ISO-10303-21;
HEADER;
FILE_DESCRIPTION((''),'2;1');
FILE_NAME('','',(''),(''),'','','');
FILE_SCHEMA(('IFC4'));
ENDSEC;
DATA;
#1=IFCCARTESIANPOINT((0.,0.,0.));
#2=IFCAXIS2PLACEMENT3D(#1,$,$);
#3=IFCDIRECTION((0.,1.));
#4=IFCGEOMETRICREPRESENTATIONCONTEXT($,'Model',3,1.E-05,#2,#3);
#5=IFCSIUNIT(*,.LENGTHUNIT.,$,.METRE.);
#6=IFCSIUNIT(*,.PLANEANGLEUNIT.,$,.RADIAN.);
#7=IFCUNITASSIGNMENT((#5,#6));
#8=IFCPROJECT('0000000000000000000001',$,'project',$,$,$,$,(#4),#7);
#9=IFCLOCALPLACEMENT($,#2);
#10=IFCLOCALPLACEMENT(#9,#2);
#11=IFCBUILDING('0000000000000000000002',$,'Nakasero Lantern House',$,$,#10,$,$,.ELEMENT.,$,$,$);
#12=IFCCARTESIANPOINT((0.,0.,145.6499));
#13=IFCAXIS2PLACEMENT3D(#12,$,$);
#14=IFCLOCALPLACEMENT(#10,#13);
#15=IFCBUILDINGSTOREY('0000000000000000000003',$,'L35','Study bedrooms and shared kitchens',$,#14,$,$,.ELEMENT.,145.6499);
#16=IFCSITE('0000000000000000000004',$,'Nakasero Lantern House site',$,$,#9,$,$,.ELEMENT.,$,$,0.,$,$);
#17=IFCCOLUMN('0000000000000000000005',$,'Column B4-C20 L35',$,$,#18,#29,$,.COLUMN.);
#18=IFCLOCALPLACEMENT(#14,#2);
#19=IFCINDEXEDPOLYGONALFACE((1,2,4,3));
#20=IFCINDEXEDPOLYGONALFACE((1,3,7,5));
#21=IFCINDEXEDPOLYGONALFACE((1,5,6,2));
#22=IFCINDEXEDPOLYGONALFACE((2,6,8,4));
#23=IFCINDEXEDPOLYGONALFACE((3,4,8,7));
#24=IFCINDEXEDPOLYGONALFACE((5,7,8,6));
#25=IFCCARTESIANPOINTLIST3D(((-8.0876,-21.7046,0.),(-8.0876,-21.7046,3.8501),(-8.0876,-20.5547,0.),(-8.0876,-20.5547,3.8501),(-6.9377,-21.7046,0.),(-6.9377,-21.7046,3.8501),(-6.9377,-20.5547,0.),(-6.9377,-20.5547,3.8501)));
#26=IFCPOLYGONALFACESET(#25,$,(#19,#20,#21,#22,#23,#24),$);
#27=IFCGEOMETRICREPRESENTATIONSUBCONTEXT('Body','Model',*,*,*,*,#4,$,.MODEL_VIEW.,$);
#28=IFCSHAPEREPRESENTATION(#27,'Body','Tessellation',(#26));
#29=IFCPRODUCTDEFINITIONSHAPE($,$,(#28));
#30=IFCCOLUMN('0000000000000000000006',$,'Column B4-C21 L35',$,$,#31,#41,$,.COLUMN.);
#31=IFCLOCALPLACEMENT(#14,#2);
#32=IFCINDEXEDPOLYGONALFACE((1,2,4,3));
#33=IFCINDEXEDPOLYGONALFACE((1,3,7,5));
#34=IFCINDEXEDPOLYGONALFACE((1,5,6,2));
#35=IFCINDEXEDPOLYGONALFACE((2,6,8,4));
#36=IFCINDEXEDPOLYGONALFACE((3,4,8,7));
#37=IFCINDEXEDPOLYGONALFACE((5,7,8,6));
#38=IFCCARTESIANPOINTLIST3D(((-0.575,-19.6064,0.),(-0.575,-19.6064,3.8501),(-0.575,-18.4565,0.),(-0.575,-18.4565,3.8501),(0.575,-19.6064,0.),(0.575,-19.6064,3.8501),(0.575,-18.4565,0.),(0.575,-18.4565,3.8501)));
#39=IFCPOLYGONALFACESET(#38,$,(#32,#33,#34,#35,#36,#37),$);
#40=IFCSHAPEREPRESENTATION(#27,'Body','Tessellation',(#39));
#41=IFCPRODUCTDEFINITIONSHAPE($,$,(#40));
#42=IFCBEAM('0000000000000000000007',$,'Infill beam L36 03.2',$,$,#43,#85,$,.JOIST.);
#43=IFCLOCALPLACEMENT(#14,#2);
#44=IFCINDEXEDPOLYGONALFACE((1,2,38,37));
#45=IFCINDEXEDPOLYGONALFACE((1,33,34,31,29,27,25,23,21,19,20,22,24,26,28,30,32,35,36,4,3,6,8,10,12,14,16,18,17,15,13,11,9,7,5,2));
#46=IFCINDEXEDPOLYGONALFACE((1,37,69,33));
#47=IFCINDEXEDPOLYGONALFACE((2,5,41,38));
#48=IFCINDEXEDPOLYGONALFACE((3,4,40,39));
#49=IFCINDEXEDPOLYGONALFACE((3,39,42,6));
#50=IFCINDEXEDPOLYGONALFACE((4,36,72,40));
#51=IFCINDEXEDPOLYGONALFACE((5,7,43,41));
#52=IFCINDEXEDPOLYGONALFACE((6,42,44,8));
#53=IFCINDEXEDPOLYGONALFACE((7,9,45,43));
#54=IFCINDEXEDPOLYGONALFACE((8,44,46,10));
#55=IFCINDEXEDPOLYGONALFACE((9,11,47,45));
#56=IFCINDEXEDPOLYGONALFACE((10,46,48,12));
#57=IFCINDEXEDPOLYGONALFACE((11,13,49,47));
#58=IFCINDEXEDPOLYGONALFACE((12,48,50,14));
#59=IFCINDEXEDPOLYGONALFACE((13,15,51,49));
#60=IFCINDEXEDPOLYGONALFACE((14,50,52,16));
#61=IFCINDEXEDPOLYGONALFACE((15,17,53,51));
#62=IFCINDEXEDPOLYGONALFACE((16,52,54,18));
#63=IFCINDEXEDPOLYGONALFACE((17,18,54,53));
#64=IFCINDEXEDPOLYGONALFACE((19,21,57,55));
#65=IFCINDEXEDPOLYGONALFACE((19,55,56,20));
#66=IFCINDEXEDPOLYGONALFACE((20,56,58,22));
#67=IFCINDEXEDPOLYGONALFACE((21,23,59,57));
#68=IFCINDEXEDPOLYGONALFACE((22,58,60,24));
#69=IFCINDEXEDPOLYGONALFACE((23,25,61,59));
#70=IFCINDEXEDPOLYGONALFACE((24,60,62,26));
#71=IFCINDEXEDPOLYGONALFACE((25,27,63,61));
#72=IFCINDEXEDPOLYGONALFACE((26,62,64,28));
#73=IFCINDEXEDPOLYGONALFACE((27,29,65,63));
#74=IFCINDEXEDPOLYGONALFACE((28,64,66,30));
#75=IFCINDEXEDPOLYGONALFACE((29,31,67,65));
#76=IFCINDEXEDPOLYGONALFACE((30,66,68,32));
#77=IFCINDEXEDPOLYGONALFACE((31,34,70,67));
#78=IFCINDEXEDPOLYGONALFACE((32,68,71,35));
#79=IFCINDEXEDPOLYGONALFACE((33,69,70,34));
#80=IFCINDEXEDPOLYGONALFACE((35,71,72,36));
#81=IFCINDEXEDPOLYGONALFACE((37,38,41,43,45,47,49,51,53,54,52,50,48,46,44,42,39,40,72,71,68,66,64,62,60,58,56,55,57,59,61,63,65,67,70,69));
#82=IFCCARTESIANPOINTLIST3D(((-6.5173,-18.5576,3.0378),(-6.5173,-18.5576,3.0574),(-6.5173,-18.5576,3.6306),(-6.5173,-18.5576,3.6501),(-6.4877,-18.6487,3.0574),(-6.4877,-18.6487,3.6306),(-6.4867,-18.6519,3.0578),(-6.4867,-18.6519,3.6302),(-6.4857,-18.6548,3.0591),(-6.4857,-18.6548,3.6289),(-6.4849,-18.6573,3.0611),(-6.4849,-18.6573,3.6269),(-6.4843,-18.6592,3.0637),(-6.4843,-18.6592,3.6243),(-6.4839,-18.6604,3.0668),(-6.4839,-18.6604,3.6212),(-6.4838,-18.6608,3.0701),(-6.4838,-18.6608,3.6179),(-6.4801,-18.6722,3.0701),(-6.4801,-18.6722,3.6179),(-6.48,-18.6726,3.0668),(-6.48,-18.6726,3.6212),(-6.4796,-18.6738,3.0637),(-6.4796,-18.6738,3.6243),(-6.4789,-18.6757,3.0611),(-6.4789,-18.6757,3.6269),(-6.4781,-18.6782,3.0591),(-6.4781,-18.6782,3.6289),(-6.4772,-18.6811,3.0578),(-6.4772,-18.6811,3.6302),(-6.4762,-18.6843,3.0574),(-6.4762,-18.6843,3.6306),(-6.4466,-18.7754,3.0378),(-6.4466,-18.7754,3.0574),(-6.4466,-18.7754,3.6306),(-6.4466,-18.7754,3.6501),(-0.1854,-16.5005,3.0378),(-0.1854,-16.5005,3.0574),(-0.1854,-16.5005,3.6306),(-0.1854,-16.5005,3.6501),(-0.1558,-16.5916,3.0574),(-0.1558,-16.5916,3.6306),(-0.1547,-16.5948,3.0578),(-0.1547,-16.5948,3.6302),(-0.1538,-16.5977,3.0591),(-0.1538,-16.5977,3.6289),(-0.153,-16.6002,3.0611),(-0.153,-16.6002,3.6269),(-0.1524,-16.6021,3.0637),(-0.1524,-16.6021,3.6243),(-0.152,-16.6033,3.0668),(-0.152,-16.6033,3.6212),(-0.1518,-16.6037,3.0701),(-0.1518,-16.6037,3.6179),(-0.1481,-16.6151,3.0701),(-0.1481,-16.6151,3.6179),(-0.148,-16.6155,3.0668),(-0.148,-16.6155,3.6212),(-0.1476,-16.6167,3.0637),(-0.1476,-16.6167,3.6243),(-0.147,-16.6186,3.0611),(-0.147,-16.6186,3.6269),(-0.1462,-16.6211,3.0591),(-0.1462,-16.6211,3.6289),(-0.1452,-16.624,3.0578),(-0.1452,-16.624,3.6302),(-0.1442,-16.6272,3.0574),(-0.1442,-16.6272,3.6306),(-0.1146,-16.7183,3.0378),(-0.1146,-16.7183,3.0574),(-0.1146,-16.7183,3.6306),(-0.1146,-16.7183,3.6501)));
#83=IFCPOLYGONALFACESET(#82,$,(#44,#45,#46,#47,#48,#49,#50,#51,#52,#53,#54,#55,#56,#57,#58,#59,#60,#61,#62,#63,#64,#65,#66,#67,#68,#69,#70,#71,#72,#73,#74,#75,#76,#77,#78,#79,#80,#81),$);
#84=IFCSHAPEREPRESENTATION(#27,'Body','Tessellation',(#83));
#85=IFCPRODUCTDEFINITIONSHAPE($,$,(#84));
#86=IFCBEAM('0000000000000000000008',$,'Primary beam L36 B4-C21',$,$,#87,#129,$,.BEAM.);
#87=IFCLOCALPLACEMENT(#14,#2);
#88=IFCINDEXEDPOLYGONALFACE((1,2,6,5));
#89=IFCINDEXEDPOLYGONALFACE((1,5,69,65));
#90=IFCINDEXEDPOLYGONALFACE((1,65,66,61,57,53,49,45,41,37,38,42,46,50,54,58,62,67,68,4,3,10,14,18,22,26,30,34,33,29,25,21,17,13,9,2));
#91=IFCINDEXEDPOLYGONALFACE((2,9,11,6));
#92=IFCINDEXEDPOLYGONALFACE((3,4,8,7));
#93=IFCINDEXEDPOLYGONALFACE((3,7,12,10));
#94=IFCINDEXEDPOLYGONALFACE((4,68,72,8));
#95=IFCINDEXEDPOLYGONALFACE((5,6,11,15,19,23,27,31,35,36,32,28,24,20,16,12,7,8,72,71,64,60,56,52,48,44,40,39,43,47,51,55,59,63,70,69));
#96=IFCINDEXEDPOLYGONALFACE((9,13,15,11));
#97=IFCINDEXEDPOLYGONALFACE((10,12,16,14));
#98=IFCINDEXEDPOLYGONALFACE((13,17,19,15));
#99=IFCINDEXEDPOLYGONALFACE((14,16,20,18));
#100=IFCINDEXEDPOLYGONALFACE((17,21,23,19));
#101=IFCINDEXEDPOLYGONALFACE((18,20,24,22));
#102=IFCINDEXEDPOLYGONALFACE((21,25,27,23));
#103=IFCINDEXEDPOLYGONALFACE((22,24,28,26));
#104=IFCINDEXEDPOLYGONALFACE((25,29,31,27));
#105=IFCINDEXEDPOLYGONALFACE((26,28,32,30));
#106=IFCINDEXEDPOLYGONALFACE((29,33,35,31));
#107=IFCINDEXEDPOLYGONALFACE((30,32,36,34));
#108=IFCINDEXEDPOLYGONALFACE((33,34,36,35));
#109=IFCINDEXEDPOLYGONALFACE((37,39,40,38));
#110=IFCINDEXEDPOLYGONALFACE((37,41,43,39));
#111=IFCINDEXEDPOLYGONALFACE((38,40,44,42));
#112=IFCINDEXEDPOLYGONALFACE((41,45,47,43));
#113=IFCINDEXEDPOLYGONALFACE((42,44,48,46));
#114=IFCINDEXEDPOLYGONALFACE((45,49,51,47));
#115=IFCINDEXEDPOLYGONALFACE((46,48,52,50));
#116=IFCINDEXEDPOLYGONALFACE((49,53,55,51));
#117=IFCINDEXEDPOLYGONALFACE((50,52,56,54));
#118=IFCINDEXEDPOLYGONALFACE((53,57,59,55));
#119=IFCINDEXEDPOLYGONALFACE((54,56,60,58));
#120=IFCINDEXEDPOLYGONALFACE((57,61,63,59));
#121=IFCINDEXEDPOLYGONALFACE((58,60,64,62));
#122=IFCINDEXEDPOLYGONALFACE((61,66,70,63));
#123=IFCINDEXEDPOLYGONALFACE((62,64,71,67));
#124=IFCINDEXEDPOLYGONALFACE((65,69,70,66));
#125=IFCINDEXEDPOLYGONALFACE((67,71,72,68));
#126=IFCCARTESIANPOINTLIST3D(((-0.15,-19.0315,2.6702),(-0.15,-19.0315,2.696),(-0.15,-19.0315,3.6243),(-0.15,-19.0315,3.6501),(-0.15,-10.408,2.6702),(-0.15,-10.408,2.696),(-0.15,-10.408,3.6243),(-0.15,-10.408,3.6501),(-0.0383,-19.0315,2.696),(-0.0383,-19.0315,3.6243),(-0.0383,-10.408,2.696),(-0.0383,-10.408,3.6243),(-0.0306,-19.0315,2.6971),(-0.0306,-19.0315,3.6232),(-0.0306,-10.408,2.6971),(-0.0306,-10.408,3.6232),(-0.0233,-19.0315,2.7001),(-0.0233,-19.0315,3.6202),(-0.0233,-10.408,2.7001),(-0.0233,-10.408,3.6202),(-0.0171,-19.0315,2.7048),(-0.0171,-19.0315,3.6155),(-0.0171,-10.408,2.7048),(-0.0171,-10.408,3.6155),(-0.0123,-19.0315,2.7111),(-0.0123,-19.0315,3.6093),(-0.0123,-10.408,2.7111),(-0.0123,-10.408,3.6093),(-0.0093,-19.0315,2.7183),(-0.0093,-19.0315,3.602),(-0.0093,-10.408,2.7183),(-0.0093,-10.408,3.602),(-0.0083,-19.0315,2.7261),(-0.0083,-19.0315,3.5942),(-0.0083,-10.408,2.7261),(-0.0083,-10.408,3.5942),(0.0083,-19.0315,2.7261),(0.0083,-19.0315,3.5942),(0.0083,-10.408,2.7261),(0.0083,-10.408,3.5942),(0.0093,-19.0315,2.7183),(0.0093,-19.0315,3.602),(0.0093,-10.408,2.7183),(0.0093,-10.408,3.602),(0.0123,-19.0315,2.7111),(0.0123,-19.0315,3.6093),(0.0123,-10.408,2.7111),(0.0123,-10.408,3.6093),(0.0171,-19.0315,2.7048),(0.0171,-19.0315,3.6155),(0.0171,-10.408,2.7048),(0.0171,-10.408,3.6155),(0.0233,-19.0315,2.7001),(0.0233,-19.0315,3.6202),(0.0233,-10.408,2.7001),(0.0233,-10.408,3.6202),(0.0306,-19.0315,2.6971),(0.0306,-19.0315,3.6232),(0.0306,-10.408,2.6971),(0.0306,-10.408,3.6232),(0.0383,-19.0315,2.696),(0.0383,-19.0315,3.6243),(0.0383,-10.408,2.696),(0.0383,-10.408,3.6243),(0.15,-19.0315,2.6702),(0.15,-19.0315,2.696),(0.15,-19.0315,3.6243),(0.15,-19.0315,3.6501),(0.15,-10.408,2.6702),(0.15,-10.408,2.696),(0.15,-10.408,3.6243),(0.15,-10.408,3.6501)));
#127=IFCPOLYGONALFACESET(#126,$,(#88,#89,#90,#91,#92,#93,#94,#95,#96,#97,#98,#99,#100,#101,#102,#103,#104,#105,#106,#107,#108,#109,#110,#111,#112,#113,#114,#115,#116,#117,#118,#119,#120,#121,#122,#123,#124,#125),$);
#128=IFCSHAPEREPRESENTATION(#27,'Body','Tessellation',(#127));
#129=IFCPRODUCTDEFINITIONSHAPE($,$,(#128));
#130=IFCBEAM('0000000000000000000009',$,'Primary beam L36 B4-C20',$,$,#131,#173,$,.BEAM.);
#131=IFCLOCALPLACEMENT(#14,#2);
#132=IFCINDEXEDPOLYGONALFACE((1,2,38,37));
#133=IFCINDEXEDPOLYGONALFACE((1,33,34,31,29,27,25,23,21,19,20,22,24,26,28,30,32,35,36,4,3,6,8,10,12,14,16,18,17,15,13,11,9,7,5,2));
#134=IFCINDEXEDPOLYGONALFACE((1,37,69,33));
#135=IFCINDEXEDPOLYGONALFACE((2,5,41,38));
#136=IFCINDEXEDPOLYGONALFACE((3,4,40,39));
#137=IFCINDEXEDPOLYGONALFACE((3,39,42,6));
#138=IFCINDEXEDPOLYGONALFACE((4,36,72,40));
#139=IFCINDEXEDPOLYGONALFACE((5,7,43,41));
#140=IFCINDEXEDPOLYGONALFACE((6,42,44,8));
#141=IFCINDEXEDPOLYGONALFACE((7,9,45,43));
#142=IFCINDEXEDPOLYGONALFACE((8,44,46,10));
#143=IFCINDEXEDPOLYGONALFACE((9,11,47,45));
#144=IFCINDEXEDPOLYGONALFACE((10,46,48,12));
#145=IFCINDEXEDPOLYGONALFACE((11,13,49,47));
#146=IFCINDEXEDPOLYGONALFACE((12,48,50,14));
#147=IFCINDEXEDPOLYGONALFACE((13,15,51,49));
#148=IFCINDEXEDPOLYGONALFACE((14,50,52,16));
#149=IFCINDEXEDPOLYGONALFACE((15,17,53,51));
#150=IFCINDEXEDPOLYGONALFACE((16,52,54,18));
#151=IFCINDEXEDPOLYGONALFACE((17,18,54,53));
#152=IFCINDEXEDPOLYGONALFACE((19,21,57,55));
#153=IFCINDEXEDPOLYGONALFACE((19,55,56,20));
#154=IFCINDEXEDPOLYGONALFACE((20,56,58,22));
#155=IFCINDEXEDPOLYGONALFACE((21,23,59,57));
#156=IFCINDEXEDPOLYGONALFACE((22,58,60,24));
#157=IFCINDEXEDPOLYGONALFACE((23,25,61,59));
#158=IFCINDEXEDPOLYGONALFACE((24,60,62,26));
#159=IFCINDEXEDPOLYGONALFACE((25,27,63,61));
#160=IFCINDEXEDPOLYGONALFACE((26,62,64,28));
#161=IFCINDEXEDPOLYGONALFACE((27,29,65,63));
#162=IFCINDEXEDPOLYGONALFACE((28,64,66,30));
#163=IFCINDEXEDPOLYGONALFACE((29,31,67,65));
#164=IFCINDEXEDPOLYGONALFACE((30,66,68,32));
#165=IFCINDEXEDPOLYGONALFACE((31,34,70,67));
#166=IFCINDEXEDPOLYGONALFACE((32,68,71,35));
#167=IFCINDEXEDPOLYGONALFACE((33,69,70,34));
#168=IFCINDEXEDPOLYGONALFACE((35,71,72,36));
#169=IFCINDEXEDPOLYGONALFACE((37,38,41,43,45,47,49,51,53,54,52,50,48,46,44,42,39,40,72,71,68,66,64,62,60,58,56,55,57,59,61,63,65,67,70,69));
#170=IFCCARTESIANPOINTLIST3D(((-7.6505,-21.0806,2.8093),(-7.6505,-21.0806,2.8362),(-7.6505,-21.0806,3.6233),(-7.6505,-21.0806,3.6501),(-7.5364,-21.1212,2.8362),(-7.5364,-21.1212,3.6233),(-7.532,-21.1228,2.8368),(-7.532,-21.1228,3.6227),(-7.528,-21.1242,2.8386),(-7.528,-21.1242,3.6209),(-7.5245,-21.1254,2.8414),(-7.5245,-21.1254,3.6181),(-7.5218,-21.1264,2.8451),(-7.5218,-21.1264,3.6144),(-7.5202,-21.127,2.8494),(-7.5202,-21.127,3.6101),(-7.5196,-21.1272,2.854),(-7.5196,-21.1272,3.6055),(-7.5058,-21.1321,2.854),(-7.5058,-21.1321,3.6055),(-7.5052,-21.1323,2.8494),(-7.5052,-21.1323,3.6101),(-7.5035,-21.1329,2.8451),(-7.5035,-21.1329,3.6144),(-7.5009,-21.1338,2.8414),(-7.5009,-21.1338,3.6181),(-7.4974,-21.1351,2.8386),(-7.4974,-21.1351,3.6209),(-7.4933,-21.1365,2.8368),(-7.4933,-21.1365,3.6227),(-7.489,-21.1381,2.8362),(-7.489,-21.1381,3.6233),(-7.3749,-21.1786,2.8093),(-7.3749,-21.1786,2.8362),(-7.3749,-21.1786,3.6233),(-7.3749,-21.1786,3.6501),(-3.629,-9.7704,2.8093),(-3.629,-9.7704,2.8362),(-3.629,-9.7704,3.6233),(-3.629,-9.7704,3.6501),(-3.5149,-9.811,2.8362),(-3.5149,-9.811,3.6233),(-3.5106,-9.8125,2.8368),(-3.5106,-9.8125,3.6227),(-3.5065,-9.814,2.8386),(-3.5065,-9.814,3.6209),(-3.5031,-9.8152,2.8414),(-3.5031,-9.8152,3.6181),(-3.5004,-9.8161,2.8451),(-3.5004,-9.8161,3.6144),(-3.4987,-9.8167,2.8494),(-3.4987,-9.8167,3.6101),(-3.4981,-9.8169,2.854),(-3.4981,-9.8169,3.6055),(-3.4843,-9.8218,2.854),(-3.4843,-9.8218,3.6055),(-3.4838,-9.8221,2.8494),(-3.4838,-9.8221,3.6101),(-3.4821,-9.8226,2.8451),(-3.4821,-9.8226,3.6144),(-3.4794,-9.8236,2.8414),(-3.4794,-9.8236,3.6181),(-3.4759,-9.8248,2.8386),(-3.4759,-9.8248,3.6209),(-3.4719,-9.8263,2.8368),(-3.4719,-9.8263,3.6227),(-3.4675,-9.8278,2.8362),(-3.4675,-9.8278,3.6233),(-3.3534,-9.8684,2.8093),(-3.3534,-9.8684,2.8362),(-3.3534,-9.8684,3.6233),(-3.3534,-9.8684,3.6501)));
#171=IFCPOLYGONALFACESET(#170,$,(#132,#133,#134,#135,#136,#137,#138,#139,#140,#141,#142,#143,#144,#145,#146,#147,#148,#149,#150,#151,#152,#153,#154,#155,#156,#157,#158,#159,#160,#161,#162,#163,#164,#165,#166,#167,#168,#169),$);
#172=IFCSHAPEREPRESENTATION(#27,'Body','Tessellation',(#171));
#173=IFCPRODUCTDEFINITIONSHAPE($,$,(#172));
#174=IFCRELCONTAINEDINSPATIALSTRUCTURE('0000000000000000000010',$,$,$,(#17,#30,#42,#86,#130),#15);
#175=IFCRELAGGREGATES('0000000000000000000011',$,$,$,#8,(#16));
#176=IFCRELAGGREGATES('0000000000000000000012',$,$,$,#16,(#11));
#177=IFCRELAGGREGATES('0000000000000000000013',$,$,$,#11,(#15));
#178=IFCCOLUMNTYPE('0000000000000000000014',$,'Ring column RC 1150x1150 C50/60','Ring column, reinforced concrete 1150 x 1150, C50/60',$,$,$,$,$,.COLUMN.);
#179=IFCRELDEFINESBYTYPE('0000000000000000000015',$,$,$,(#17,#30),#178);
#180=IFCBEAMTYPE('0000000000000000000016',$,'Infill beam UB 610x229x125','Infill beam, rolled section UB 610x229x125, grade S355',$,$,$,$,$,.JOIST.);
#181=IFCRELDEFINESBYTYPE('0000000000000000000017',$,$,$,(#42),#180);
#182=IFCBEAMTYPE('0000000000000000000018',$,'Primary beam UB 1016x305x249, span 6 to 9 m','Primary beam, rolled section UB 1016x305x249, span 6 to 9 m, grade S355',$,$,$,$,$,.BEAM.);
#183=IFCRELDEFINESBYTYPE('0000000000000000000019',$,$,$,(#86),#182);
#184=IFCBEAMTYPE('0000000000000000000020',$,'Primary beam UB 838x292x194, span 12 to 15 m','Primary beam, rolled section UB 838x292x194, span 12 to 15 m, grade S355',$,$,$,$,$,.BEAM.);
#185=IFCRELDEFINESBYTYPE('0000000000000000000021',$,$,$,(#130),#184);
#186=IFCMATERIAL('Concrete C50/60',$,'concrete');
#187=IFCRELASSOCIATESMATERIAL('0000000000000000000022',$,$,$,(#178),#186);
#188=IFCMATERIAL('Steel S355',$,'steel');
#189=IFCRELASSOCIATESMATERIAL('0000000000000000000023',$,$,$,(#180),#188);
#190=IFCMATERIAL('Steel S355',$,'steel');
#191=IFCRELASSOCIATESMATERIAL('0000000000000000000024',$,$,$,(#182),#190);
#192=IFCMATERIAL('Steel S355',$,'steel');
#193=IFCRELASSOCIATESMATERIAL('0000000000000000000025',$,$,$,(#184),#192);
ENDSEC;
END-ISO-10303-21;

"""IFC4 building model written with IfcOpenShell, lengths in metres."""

from ifc_helpers import new_model, si_unit, direction, frame, origin, origin_2d, place, context, subcontext, project, spatial, rectangle, i_section, extrude, material, material_profile, profile_set, type_object, element, save


model = new_model("IFC4")

# Units and contexts
model_context = context("Model", 3, precision=1e-05, world=origin(), true_north=direction((0.0, 1.0)))
body_context = subcontext(model_context, "Body", "Model", "MODEL_VIEW")
ifc_project = project(units=[si_unit("LENGTHUNIT", "METRE"), si_unit("PLANEANGLEUNIT", "RADIAN")], contexts=[model_context])

# Site, building, storey
site_placement = place(None, origin())
site = spatial("IfcSite", under=ifc_project, at=site_placement, Name="Nakasero Lantern House site", CompositionType="ELEMENT", RefElevation=0.0)
building_placement = place(site_placement, origin())
building = spatial("IfcBuilding", under=site, at=building_placement, Name="Nakasero Lantern House", CompositionType="ELEMENT")
storey_placement = place(building_placement, frame((0.0, 0.0, 145.6499)))
storey = spatial("IfcBuildingStorey", under=building, at=storey_placement, Name="L35", Description="Study bedrooms and shared kitchens", CompositionType="ELEMENT", Elevation=145.6499)

# Columns
ifc_material_1 = material(Name="Concrete C50/60", Category="concrete")
ifc_material_profile_1 = material_profile(ifc_material_1, rectangle(XDim=1.1499, YDim=1.1499, at=origin_2d()), Name="RC 1150x1150")
ifc_profile_set_1 = profile_set([ifc_material_profile_1], Name="Concrete C50/60")
column_type = type_object("IfcColumnType", Name="Ring column RC 1150x1150 C50/60", Description="Ring column, reinforced concrete 1150 x 1150, C50/60", PredefinedType="COLUMN", material=ifc_profile_set_1)
for number, where, z_axis, x_axis, name in (
    (1, (-7.5127, -21.1296, 0.0), (0.0, 0.0, 1.0), (1.0, 0.0, 0.0), "Column B4-C20 L35"),
    (2, (0.0, -19.0315, 0.0), (0.0, 0.0, 1.0), (1.0, 0.0, 0.0), "Column B4-C21 L35"),
):
    element("IfcColumn", number, at=place(storey_placement, frame(where, z_axis=z_axis, x_axis=x_axis)), inside=storey, type_object=column_type, Name=name, PredefinedType="COLUMN", context=body_context, shape_type="SweptSolid", body=[
        extrude(rectangle(XDim=1.1499, YDim=1.1499, at=origin_2d()), origin(), (0.0, 0.0, 1.0), 3.8501),
    ])

# Beams
ifc_material_2 = material(Name="Steel S355", Category="steel")
ifc_material_profile_2 = material_profile(ifc_material_2, i_section(OverallWidth=0.229, OverallDepth=0.6123, WebThickness=0.012, FlangeThickness=0.0195, FilletRadius=0.0127, at=origin_2d()), Name="UB 610x229x125")
ifc_profile_set_2 = profile_set([ifc_material_profile_2], Name="Steel S355")
beam_type_1 = type_object("IfcBeamType", Name="Infill beam UB 610x229x125", Description="Infill beam, rolled section UB 610x229x125, grade S355", PredefinedType="JOIST", material=ifc_profile_set_2)
beam_1_placement = place(storey_placement, frame((-6.4819, -18.6665, 3.344), z_axis=(0.951069, 0.30898, 0.0), x_axis=(-0.30898, 0.951069, 0.0)))
element("IfcBeam", 3, at=beam_1_placement, inside=storey, type_object=beam_type_1, Name="Infill beam L36 03.2", PredefinedType="JOIST", context=body_context, shape_type="SweptSolid", body=[
    extrude(i_section(OverallWidth=0.229, OverallDepth=0.6123, WebThickness=0.012, FlangeThickness=0.0195, FilletRadius=0.0127, at=origin_2d()), origin(), (0.0, 0.0, 1.0), 6.6577),
])
ifc_material_3 = material(Name="Steel S355", Category="steel")
ifc_material_profile_3 = material_profile(ifc_material_3, i_section(OverallWidth=0.3, OverallDepth=0.98, WebThickness=0.0166, FlangeThickness=0.0259, FilletRadius=0.03, at=origin_2d()), Name="UB 1016x305x249")
ifc_profile_set_3 = profile_set([ifc_material_profile_3], Name="Steel S355")
beam_type_2 = type_object("IfcBeamType", Name="Primary beam UB 1016x305x249, span 6 to 9 m", Description="Primary beam, rolled section UB 1016x305x249, span 6 to 9 m, grade S355", PredefinedType="BEAM", material=ifc_profile_set_3)
beam_2_placement = place(storey_placement, frame((0.0, -19.0315, 3.1602), z_axis=(0.0, 1.0, 0.0), x_axis=(-1.0, 0.0, 0.0)))
element("IfcBeam", 4, at=beam_2_placement, inside=storey, type_object=beam_type_2, Name="Primary beam L36 B4-C21", PredefinedType="BEAM", context=body_context, shape_type="SweptSolid", body=[
    extrude(i_section(OverallWidth=0.3, OverallDepth=0.98, WebThickness=0.0166, FlangeThickness=0.0259, FilletRadius=0.03, at=origin_2d()), origin(), (0.0, 0.0, 1.0), 8.6235),
])
ifc_material_4 = material(Name="Steel S355", Category="steel")
ifc_material_profile_4 = material_profile(ifc_material_4, i_section(OverallWidth=0.2925, OverallDepth=0.8408, WebThickness=0.0146, FlangeThickness=0.0269, FilletRadius=0.0178, at=origin_2d()), Name="UB 838x292x194")
ifc_profile_set_4 = profile_set([ifc_material_profile_4], Name="Steel S355")
beam_type_3 = type_object("IfcBeamType", Name="Primary beam UB 838x292x194, span 12 to 15 m", Description="Primary beam, rolled section UB 838x292x194, span 12 to 15 m, grade S355", PredefinedType="BEAM", material=ifc_profile_set_4)
beam_3_placement = place(storey_placement, frame((-7.5127, -21.1296, 3.2297), z_axis=(0.335013, 0.942214, 0.0), x_axis=(-0.942214, 0.335013, 0.0)))
element("IfcBeam", 5, at=beam_3_placement, inside=storey, type_object=beam_type_3, Name="Primary beam L36 B4-C20", PredefinedType="BEAM", context=body_context, shape_type="SweptSolid", body=[
    extrude(i_section(OverallWidth=0.2925, OverallDepth=0.8408, WebThickness=0.0146, FlangeThickness=0.0269, FilletRadius=0.0178, at=origin_2d()), origin(), (0.0, 0.0, 1.0), 12.0039),
])

save(model, "model.ifc")
